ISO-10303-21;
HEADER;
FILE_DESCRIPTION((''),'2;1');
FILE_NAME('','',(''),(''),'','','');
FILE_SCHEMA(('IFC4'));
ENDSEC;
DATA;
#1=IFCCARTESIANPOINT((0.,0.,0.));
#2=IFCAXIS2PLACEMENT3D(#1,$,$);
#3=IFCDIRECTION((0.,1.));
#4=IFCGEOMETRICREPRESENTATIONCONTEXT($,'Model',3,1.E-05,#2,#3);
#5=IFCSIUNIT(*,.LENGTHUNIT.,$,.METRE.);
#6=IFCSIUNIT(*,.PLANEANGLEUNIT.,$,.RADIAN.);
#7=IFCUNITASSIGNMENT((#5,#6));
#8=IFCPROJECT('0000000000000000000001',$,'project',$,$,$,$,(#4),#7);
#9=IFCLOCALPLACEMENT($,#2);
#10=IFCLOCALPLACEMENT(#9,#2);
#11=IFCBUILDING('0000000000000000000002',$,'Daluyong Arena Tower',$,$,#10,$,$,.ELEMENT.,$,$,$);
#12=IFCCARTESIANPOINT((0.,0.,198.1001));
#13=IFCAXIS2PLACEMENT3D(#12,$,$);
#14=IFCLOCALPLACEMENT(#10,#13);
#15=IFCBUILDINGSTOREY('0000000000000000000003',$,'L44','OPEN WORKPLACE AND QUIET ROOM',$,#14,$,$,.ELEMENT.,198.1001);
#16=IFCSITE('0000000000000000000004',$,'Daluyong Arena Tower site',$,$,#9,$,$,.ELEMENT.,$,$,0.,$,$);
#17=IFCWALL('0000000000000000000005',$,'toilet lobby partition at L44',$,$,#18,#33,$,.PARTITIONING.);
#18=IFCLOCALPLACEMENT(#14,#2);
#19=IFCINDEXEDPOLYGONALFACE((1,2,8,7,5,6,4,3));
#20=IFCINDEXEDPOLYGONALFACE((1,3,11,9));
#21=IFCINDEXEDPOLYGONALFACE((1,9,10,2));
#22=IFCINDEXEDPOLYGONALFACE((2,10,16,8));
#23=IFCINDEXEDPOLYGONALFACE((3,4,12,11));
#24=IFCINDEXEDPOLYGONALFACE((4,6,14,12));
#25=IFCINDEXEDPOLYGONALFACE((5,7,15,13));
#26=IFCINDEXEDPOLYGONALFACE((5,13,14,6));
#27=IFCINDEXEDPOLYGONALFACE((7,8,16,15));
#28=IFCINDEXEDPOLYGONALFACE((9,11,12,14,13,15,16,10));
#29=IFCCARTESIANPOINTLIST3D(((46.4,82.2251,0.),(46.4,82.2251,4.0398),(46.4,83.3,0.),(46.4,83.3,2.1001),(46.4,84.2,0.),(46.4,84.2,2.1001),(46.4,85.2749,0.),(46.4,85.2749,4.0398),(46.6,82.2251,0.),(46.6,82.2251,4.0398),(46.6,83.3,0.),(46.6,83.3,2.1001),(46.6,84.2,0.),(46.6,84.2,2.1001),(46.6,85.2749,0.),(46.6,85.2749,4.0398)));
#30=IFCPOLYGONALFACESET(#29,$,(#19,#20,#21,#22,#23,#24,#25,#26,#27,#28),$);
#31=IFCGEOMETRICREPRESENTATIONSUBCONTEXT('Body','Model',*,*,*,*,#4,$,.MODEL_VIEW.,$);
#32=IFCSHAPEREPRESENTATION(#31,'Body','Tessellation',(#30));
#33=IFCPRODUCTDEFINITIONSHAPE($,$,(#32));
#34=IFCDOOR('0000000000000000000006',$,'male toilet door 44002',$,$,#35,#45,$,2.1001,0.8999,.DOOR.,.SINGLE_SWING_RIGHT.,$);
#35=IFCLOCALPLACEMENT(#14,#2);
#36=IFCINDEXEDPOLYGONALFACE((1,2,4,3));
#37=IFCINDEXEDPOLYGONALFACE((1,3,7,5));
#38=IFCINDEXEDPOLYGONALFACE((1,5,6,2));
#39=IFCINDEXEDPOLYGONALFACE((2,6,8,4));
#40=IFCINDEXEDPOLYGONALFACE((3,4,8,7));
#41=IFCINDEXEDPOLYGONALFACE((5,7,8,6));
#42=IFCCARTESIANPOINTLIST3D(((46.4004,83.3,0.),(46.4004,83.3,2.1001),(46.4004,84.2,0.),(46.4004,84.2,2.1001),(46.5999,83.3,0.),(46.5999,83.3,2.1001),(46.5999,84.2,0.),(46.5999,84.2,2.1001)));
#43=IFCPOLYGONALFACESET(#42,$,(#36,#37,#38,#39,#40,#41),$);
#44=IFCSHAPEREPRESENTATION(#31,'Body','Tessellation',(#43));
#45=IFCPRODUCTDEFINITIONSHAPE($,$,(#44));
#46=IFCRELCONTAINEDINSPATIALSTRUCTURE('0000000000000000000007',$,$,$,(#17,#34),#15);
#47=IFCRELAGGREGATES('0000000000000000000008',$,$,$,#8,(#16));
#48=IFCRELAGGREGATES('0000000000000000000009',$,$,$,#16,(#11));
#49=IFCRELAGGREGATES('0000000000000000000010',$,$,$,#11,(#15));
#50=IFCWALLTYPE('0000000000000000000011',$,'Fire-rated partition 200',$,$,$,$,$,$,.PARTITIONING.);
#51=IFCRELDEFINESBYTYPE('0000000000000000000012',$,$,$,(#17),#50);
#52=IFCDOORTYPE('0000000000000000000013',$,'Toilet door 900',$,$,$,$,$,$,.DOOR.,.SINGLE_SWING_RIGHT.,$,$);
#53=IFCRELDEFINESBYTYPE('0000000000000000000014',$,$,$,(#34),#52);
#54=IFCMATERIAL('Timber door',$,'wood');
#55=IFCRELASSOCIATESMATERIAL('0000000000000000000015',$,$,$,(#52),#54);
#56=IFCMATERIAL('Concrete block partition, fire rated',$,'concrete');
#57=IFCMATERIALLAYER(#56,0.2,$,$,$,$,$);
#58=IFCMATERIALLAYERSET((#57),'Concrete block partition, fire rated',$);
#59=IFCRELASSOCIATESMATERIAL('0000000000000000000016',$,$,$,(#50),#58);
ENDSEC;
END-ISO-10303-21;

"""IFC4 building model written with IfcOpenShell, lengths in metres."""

from ifc_helpers import new_model, si_unit, direction, frame, frame_2d, origin, place, context, subcontext, project, spatial, rectangle, extrude, material, layer, layer_set, type_object, element, fill, save


model = new_model("IFC4")

# Units and contexts
model_context = context("Model", 3, precision=1e-05, world=origin(), true_north=direction((0.0, 1.0)))
body_context = subcontext(model_context, "Body", "Model", "MODEL_VIEW")
ifc_project = project(units=[si_unit("LENGTHUNIT", "METRE"), si_unit("PLANEANGLEUNIT", "RADIAN")], contexts=[model_context])

# Site, building, storey
site_placement = place(None, origin())
site = spatial("IfcSite", under=ifc_project, at=site_placement, Name="Daluyong Arena Tower site", CompositionType="ELEMENT", RefElevation=0.0)
building_placement = place(site_placement, origin())
building = spatial("IfcBuilding", under=site, at=building_placement, Name="Daluyong Arena Tower", CompositionType="ELEMENT")
storey_placement = place(building_placement, frame((0.0, 0.0, 198.1001)))
storey = spatial("IfcBuildingStorey", under=building, at=storey_placement, Name="L44", Description="OPEN WORKPLACE AND QUIET ROOM", CompositionType="ELEMENT", Elevation=198.1001)

# Shared definitions
ifc_material_1 = material(Name="Timber door", Category="wood")
door_type_1 = type_object("IfcDoorType", Name="Toilet door 900", OperationType="SINGLE_SWING_RIGHT", PredefinedType="DOOR", material=ifc_material_1)

# Wall, opening, door
ifc_material_2 = material(Name="Concrete block partition, fire rated", Category="concrete")
ifc_layer_1 = layer(ifc_material_2, 0.2)
ifc_layer_set_1 = layer_set([ifc_layer_1], Name="Concrete block partition, fire rated")
wall_type_1 = type_object("IfcWallType", Name="Fire-rated partition 200", PredefinedType="PARTITIONING", material=ifc_layer_set_1)
wall_1_placement = place(storey_placement, frame((46.5, 82.2251, 0.0), z_axis=(0.0, 0.0, 1.0), x_axis=(0.0, 1.0, 0.0)))
wall_1 = element("IfcWall", 1, at=wall_1_placement, inside=storey, type_object=wall_type_1, Name="toilet lobby partition at L44", PredefinedType="PARTITIONING", context=body_context, shape_type="SweptSolid", body=[
    extrude(rectangle(XDim=3.0498, YDim=0.2, at=frame_2d((1.5249, 0.0))), origin(), (0.0, 0.0, 1.0), 4.0398),
])
opening_1_placement = place(wall_1_placement, frame((1.075, 0.0, 0.0)))
opening_1 = element("IfcOpeningElement", 2, at=opening_1_placement, cuts=wall_1, PredefinedType="OPENING", context=body_context, shape_type="SweptSolid", body=[
    extrude(rectangle(XDim=0.8999, YDim=2.1001, at=frame_2d((0.45, 1.05))), frame((0.0, 0.1099, 0.0), z_axis=(0.0, -1.0, 0.0), x_axis=(1.0, 0.0, 0.0)), (0.0, 0.0, 1.0), 0.22),
])
door_1_placement = place(opening_1_placement, origin())
door_1 = element("IfcDoor", 3, at=door_1_placement, inside=storey, type_object=door_type_1, Name="male toilet door 44002", OperationType="SINGLE_SWING_RIGHT", OverallHeight=2.1001, OverallWidth=0.8999, PredefinedType="DOOR", context=body_context, shape_type="SweptSolid", body=[
    extrude(rectangle(XDim=0.8999, YDim=2.1001, at=frame_2d((0.45, 1.05))), frame((0.0, 0.0996, 0.0), z_axis=(0.0, -1.0, 0.0), x_axis=(1.0, 0.0, 0.0)), (0.0, 0.0, 1.0), 0.1995),
])
fill(opening_1, door_1)

save(model, "model.ifc")
